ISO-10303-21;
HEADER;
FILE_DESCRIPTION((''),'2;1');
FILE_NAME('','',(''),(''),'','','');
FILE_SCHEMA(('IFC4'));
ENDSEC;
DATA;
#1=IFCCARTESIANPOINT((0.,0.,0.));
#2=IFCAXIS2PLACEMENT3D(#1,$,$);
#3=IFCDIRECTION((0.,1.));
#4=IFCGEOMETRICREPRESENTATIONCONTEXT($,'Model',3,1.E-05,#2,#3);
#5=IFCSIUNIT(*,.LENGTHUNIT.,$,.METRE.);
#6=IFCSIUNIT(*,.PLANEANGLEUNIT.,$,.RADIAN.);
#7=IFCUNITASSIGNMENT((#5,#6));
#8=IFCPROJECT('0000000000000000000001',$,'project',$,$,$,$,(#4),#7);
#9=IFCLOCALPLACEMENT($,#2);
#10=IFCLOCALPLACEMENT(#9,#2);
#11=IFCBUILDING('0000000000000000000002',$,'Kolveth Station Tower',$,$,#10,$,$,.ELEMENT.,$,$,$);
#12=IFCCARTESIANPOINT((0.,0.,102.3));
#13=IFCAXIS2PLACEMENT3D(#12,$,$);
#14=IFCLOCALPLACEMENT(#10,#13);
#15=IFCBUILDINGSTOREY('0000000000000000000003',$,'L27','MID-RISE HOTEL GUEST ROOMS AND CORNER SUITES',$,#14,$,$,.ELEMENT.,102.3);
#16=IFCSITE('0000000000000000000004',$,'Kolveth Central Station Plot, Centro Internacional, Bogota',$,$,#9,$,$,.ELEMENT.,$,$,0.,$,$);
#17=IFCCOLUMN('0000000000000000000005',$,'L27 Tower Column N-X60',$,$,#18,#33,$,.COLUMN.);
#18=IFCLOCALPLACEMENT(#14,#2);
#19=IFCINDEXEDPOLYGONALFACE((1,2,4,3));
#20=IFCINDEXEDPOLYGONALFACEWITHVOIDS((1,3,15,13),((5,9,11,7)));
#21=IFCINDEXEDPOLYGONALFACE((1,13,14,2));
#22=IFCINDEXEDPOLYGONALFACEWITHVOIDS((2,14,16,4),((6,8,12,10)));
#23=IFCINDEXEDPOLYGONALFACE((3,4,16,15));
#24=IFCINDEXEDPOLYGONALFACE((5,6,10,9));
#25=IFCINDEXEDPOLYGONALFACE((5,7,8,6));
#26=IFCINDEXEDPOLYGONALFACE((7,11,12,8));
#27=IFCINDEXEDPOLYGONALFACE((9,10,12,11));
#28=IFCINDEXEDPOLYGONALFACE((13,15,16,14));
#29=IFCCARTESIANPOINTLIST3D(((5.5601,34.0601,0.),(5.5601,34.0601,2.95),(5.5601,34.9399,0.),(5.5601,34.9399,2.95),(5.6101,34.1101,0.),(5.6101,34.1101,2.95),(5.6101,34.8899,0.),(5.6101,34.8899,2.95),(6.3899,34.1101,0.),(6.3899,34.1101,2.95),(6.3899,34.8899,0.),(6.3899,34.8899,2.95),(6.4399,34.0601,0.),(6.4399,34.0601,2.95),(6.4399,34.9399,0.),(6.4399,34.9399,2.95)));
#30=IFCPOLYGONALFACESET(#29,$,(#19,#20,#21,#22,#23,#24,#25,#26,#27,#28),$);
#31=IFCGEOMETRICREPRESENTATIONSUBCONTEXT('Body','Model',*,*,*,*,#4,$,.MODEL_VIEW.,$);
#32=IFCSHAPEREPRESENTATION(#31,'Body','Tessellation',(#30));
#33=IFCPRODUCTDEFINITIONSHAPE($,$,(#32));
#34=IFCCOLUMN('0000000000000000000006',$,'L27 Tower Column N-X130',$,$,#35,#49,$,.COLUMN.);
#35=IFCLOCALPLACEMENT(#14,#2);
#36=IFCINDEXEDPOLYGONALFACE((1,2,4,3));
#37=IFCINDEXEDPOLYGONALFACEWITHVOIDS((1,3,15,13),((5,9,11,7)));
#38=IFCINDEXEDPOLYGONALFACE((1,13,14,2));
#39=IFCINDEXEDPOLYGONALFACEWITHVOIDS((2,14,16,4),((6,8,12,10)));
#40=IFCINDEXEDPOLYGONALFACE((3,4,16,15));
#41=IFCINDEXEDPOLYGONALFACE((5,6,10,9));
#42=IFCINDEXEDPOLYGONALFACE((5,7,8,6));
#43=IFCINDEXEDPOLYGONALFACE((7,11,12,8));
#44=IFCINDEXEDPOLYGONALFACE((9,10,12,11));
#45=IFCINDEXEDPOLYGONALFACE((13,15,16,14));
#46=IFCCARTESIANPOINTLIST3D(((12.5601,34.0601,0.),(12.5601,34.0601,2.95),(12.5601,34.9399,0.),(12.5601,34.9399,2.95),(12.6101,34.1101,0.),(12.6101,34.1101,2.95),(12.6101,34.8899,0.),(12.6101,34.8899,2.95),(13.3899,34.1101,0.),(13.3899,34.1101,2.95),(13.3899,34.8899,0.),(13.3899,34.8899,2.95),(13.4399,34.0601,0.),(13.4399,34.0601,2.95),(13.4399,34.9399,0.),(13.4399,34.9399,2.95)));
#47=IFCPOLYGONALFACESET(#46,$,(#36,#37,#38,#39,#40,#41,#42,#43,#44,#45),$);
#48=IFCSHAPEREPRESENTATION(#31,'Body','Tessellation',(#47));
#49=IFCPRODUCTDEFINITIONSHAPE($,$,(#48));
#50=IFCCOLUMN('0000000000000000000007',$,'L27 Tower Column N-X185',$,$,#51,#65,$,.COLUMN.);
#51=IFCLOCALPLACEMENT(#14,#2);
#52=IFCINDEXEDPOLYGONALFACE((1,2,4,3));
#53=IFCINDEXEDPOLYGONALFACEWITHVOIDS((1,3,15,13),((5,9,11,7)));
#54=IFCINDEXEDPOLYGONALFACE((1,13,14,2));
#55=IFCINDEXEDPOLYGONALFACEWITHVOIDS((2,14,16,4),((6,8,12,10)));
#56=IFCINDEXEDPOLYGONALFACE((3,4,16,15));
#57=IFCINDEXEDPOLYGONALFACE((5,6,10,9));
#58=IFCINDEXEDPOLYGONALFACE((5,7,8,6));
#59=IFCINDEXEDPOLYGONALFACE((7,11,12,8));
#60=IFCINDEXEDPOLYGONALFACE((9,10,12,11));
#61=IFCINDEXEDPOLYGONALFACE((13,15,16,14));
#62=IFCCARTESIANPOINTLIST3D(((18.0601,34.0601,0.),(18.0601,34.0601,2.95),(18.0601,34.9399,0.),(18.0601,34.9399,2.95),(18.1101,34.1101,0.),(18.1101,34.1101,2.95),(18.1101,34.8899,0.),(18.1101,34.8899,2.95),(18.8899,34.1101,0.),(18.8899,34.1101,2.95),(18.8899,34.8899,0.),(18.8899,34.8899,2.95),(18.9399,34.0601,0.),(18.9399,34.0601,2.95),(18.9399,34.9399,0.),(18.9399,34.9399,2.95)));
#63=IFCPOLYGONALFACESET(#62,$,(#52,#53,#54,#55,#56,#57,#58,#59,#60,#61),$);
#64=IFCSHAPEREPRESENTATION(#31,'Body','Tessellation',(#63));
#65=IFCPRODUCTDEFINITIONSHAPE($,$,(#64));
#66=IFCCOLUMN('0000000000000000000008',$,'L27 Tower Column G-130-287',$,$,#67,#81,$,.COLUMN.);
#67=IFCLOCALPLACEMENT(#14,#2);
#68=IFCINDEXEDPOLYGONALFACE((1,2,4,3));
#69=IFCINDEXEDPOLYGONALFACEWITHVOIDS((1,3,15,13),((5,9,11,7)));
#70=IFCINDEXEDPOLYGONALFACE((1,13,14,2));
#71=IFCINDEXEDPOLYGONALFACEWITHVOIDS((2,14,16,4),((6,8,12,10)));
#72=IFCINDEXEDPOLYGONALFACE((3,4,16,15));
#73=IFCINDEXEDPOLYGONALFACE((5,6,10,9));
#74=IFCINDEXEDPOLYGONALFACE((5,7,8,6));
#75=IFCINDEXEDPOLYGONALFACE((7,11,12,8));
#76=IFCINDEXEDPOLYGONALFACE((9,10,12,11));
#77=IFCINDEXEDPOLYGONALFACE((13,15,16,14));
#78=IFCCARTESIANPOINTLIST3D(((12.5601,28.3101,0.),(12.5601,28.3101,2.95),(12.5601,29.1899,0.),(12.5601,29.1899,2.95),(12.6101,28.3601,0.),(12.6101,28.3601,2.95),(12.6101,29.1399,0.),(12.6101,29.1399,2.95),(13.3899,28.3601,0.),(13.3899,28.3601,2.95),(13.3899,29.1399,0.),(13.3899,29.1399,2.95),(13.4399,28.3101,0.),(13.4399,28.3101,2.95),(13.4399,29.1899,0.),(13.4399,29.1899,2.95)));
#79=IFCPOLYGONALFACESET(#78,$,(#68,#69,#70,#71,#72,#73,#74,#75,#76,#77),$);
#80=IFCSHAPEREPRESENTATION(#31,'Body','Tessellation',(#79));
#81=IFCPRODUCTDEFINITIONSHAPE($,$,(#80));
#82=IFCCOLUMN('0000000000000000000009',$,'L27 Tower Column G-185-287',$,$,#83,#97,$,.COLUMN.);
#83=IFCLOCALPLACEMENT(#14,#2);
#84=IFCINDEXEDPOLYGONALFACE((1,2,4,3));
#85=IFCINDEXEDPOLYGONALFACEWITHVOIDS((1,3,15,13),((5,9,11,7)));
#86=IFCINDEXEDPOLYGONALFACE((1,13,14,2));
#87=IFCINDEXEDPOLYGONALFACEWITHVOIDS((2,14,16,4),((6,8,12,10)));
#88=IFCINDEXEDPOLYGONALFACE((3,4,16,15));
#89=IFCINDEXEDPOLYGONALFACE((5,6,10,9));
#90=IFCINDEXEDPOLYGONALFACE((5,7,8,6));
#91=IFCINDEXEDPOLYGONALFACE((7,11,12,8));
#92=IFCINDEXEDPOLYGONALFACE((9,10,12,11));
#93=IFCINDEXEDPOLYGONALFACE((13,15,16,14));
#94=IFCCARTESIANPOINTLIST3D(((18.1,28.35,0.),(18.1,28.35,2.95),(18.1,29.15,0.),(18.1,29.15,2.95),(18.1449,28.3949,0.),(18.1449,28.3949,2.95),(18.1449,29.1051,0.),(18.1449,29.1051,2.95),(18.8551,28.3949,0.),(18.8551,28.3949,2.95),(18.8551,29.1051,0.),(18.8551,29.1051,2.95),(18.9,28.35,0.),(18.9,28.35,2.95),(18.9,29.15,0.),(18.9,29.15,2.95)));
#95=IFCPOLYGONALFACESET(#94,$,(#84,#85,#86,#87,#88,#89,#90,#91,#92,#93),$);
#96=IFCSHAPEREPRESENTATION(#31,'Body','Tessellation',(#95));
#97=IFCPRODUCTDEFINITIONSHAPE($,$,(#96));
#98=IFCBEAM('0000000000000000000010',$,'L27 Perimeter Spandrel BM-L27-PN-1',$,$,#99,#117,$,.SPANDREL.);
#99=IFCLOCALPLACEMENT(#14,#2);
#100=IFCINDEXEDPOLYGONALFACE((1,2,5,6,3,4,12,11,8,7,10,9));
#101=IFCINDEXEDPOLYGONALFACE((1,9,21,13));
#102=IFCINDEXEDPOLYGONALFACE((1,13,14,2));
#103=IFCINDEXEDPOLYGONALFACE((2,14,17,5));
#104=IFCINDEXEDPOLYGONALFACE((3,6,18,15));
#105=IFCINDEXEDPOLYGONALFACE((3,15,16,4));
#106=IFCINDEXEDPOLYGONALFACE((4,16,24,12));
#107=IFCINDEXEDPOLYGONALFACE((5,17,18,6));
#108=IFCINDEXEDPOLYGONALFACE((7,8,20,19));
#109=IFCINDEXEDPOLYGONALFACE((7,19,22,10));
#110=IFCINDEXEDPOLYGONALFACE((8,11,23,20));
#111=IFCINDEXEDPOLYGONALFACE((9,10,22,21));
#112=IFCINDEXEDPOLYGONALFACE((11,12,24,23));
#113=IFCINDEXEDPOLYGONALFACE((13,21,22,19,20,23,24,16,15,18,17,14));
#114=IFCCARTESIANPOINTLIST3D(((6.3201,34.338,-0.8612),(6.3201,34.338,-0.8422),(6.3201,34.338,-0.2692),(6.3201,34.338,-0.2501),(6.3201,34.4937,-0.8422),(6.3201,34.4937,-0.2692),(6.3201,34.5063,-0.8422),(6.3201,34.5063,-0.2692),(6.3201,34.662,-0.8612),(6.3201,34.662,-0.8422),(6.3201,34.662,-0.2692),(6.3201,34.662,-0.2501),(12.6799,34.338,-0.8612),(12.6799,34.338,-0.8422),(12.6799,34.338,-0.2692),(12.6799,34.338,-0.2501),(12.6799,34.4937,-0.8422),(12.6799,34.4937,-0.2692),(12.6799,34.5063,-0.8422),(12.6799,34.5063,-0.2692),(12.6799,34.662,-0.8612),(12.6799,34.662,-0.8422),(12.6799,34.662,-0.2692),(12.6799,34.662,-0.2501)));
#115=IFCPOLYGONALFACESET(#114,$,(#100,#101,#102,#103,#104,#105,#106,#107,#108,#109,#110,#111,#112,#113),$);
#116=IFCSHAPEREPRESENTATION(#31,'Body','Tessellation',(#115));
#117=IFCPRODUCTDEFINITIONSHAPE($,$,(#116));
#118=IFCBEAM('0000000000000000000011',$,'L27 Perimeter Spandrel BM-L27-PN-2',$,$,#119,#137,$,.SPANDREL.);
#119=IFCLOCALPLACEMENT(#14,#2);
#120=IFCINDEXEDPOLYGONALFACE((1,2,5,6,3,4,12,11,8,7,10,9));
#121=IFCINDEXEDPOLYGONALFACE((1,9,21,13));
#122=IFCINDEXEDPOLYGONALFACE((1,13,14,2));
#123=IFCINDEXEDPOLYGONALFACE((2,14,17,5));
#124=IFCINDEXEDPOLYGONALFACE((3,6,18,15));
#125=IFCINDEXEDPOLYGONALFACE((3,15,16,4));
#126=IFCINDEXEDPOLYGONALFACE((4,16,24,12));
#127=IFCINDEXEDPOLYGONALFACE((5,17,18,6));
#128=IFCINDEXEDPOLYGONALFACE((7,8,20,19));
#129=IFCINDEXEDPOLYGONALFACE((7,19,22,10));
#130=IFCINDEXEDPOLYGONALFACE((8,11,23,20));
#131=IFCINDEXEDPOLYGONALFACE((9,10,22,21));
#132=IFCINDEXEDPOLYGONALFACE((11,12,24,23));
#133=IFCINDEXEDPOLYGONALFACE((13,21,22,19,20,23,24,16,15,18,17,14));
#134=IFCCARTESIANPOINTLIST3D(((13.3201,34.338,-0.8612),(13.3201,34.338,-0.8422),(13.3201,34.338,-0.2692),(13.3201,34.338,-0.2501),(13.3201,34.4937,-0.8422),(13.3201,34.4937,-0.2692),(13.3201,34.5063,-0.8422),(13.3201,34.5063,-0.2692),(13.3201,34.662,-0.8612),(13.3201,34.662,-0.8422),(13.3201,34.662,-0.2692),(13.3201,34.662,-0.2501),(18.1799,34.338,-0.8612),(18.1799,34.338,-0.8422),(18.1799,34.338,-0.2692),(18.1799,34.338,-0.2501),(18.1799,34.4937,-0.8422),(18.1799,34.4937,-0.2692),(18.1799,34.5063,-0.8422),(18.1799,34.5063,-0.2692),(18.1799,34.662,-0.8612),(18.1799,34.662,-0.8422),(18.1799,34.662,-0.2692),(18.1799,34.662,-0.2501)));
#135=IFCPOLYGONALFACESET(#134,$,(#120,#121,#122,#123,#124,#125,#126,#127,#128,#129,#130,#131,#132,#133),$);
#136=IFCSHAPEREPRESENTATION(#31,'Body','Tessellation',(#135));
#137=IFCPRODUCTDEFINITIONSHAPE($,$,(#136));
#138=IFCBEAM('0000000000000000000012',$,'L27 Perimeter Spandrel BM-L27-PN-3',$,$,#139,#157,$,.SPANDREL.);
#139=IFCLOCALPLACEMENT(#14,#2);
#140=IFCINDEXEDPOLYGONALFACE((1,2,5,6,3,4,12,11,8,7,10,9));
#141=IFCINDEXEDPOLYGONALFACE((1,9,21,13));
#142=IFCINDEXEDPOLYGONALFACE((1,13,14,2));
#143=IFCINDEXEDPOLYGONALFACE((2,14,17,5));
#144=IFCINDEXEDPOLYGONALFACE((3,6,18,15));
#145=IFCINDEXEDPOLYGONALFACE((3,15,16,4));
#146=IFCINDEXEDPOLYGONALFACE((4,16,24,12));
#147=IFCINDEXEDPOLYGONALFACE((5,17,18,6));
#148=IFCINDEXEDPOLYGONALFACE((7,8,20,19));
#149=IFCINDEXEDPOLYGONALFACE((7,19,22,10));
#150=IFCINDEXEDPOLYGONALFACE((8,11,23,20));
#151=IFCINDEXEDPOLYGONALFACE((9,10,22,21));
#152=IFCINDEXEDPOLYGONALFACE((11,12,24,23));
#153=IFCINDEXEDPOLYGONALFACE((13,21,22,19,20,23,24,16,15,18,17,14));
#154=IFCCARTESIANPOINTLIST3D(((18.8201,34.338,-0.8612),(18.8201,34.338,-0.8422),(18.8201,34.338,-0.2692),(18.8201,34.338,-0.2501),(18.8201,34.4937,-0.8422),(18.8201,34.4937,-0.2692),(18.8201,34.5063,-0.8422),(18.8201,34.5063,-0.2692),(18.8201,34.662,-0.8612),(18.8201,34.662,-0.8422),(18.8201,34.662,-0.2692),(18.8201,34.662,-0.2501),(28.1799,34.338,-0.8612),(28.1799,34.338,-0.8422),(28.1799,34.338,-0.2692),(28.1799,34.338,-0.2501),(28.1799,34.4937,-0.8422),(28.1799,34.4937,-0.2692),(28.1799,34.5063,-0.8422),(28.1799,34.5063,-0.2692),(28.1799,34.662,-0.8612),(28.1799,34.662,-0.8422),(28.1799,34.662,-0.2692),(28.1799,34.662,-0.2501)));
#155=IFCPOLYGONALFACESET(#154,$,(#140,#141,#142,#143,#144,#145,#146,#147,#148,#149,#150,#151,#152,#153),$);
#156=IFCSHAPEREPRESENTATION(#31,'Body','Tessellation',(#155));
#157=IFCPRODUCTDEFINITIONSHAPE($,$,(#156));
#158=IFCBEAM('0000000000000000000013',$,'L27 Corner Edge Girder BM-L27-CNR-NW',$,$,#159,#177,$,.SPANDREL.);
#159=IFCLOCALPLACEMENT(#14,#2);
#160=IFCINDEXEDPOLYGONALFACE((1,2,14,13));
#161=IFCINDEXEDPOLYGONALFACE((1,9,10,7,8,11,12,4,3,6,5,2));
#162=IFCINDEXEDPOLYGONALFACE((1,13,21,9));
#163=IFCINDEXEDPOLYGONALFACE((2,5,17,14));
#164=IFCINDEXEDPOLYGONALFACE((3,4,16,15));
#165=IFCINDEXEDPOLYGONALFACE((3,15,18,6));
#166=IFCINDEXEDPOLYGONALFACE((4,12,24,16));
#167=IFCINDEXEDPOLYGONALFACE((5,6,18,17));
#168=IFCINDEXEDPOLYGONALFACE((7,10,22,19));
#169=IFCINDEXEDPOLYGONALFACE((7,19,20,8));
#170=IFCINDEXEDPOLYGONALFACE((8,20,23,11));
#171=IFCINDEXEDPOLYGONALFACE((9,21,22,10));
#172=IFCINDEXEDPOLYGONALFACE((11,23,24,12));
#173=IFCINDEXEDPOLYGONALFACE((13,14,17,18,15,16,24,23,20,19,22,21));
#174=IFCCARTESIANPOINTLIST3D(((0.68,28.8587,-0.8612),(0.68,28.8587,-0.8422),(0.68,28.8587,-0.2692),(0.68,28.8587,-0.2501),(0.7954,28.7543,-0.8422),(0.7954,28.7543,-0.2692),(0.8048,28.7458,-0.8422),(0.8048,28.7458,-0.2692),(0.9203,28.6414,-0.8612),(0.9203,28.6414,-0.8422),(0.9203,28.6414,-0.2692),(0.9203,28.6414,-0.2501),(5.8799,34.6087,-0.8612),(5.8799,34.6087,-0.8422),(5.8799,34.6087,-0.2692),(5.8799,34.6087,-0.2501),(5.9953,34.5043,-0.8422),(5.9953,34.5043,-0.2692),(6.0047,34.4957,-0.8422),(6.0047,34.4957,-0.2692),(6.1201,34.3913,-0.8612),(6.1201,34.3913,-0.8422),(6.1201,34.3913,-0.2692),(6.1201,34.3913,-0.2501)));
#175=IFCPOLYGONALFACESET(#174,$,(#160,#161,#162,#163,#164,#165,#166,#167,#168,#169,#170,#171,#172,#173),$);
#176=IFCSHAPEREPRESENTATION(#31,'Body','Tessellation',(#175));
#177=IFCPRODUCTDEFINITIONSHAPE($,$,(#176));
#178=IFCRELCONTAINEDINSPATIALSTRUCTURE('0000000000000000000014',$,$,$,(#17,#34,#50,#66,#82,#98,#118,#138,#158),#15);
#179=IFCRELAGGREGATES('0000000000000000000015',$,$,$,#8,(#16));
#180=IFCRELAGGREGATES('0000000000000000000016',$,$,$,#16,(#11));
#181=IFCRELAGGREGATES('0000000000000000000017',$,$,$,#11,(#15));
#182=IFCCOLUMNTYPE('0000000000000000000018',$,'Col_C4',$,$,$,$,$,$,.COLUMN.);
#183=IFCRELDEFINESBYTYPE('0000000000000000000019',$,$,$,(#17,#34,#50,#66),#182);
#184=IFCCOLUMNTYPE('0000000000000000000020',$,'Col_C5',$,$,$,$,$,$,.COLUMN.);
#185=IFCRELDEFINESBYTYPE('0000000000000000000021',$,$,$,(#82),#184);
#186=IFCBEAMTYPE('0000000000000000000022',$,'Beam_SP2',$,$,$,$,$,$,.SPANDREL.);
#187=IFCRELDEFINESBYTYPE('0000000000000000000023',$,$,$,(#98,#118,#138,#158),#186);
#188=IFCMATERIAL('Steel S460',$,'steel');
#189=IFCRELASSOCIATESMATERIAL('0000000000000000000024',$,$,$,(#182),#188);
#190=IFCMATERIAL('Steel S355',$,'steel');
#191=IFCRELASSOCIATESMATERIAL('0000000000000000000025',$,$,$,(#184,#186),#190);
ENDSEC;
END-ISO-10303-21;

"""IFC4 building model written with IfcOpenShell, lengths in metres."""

from ifc_helpers import new_model, si_unit, direction, frame, origin, origin_2d, place, context, subcontext, project, spatial, hollow_rectangle, i_section, extrude, source, transform, mapped, material, material_profile, profile_set, type_object, element, save


model = new_model("IFC4")

# Units and contexts
model_context = context("Model", 3, precision=1e-05, world=origin(), true_north=direction((0.0, 1.0)))
body_context = subcontext(model_context, "Body", "Model", "MODEL_VIEW")
ifc_project = project(units=[si_unit("LENGTHUNIT", "METRE"), si_unit("PLANEANGLEUNIT", "RADIAN")], contexts=[model_context])

# Site, building, storey
site_placement = place(None, origin())
site = spatial("IfcSite", under=ifc_project, at=site_placement, Name="Kolveth Central Station Plot, Centro Internacional, Bogota", CompositionType="ELEMENT", RefElevation=0.0)
building_placement = place(site_placement, origin())
building = spatial("IfcBuilding", under=site, at=building_placement, Name="Kolveth Station Tower", CompositionType="ELEMENT")
storey_placement = place(building_placement, frame((0.0, 0.0, 102.3)))
storey = spatial("IfcBuildingStorey", under=building, at=storey_placement, Name="L27", Description="MID-RISE HOTEL GUEST ROOMS AND CORNER SUITES", CompositionType="ELEMENT", Elevation=102.3)

# Columns
ifc_material_1 = material(Name="Steel S460", Category="steel")
ifc_material_profile_1 = material_profile(ifc_material_1, hollow_rectangle(XDim=0.8799, YDim=0.8799, WallThickness=0.05, at=origin_2d()), Name="BOX880x880x50")
ifc_profile_set_1 = profile_set([ifc_material_profile_1], Name="Steel S460")
column_type_1 = type_object("IfcColumnType", Name="Col_C4", PredefinedType="COLUMN", material=ifc_profile_set_1)
shared_shape_1 = source(origin(), body_context, "Body", "SweptSolid", [
    extrude(hollow_rectangle(XDim=0.8799, YDim=0.8799, WallThickness=0.05, at=origin_2d()), origin(), (0.0, 0.0, 1.0), 2.95),
])
for number, where, z_axis, x_axis, name in (
    (1, (6.0, 34.5, 0.0), (0.0, 0.0, 1.0), (1.0, 0.0, 0.0), "L27 Tower Column N-X60"),
    (2, (13.0, 34.5, 0.0), (0.0, 0.0, 1.0), (1.0, 0.0, 0.0), "L27 Tower Column N-X130"),
    (3, (18.5, 34.5, 0.0), (0.0, 0.0, 1.0), (1.0, 0.0, 0.0), "L27 Tower Column N-X185"),
    (4, (13.0, 28.75, 0.0), (0.0, 0.0, 1.0), (1.0, 0.0, 0.0), "L27 Tower Column G-130-287"),
):
    element("IfcColumn", number, at=place(storey_placement, frame(where, z_axis=z_axis, x_axis=x_axis)), inside=storey, type_object=column_type_1, Name=name, PredefinedType="COLUMN", context=body_context, shape_type="MappedRepresentation", body=[
        mapped(shared_shape_1, transform((0.0, 0.0, 0.0), x_axis=(1.0, 0.0, 0.0), y_axis=(0.0, 1.0, 0.0), z_axis=(0.0, 0.0, 1.0), scale=1.0)),
    ])
ifc_material_2 = material(Name="Steel S355", Category="steel")
ifc_material_profile_2 = material_profile(ifc_material_2, hollow_rectangle(XDim=0.8, YDim=0.8, WallThickness=0.0449, at=origin_2d()), Name="BOX800x800x45")
ifc_profile_set_2 = profile_set([ifc_material_profile_2], Name="Steel S355")
column_type_2 = type_object("IfcColumnType", Name="Col_C5", PredefinedType="COLUMN", material=ifc_profile_set_2)
shared_shape_2 = source(origin(), body_context, "Body", "SweptSolid", [
    extrude(hollow_rectangle(XDim=0.8, YDim=0.8, WallThickness=0.0449, at=origin_2d()), origin(), (0.0, 0.0, 1.0), 2.95),
])
column_placement = place(storey_placement, frame((18.5, 28.75, 0.0), z_axis=(0.0, 0.0, 1.0), x_axis=(1.0, 0.0, 0.0)))
element("IfcColumn", 5, at=column_placement, inside=storey, type_object=column_type_2, Name="L27 Tower Column G-185-287", PredefinedType="COLUMN", context=body_context, shape_type="MappedRepresentation", body=[
    mapped(shared_shape_2, transform((0.0, 0.0, 0.0), x_axis=(1.0, 0.0, 0.0), y_axis=(0.0, 1.0, 0.0), z_axis=(0.0, 0.0, 1.0), scale=1.0)),
])

# Beams
ifc_material_profile_3 = material_profile(ifc_material_2, i_section(OverallWidth=0.324, OverallDepth=0.6111, WebThickness=0.0127, FlangeThickness=0.019, at=origin_2d()), Name="W610x155")
ifc_profile_set_3 = profile_set([ifc_material_profile_3], Name="Steel S355")
beam_type_1 = type_object("IfcBeamType", Name="Beam_SP2", PredefinedType="SPANDREL", material=ifc_profile_set_3)
shared_shape_3 = source(origin(), body_context, "Body", "SweptSolid", [
    extrude(i_section(OverallWidth=0.324, OverallDepth=0.6111, WebThickness=0.0127, FlangeThickness=0.019, at=origin_2d()), origin(), (0.0, 0.0, 1.0), 6.3599),
])
beam_1_placement = place(storey_placement, frame((6.3201, 34.5, -0.5557), z_axis=(1.0, 0.0, 0.0), x_axis=(0.0, 1.0, 0.0)))
element("IfcBeam", 6, at=beam_1_placement, inside=storey, type_object=beam_type_1, Name="L27 Perimeter Spandrel BM-L27-PN-1", PredefinedType="SPANDREL", context=body_context, shape_type="MappedRepresentation", body=[
    mapped(shared_shape_3, transform((0.0, 0.0, 0.0), x_axis=(1.0, 0.0, 0.0), y_axis=(0.0, 1.0, 0.0), z_axis=(0.0, 0.0, 1.0), scale=1.0)),
])
shared_shape_4 = source(origin(), body_context, "Body", "SweptSolid", [
    extrude(i_section(OverallWidth=0.324, OverallDepth=0.6111, WebThickness=0.0127, FlangeThickness=0.019, at=origin_2d()), origin(), (0.0, 0.0, 1.0), 4.8599),
])
beam_2_placement = place(storey_placement, frame((13.3201, 34.5, -0.5557), z_axis=(1.0, 0.0, 0.0), x_axis=(0.0, 1.0, 0.0)))
element("IfcBeam", 7, at=beam_2_placement, inside=storey, type_object=beam_type_1, Name="L27 Perimeter Spandrel BM-L27-PN-2", PredefinedType="SPANDREL", context=body_context, shape_type="MappedRepresentation", body=[
    mapped(shared_shape_4, transform((0.0, 0.0, 0.0), x_axis=(1.0, 0.0, 0.0), y_axis=(0.0, 1.0, 0.0), z_axis=(0.0, 0.0, 1.0), scale=1.0)),
])
shared_shape_5 = source(origin(), body_context, "Body", "SweptSolid", [
    extrude(i_section(OverallWidth=0.324, OverallDepth=0.6111, WebThickness=0.0127, FlangeThickness=0.019, at=origin_2d()), origin(), (0.0, 0.0, 1.0), 9.3599),
])
beam_3_placement = place(storey_placement, frame((18.8201, 34.5, -0.5557), z_axis=(1.0, 0.0, 0.0), x_axis=(0.0, 1.0, 0.0)))
element("IfcBeam", 8, at=beam_3_placement, inside=storey, type_object=beam_type_1, Name="L27 Perimeter Spandrel BM-L27-PN-3", PredefinedType="SPANDREL", context=body_context, shape_type="MappedRepresentation", body=[
    mapped(shared_shape_5, transform((0.0, 0.0, 0.0), x_axis=(1.0, 0.0, 0.0), y_axis=(0.0, 1.0, 0.0), z_axis=(0.0, 0.0, 1.0), scale=1.0)),
])
shared_shape_6 = source(origin(), body_context, "Body", "SweptSolid", [
    extrude(i_section(OverallWidth=0.324, OverallDepth=0.6111, WebThickness=0.0127, FlangeThickness=0.019, at=origin_2d()), origin(), (0.0, 0.0, 1.0), 7.7524),
])
beam_4_placement = place(storey_placement, frame((6.0, 34.5, -0.5557), z_axis=(-0.670741, -0.741692, 0.0), x_axis=(0.741692, -0.670741, 0.0)))
element("IfcBeam", 9, at=beam_4_placement, inside=storey, type_object=beam_type_1, Name="L27 Corner Edge Girder BM-L27-CNR-NW", PredefinedType="SPANDREL", context=body_context, shape_type="MappedRepresentation", body=[
    mapped(shared_shape_6, transform((0.0, 0.0, 0.0), x_axis=(1.0, 0.0, 0.0), y_axis=(0.0, 1.0, 0.0), z_axis=(0.0, 0.0, 1.0), scale=1.0)),
])

save(model, "model.ifc")
